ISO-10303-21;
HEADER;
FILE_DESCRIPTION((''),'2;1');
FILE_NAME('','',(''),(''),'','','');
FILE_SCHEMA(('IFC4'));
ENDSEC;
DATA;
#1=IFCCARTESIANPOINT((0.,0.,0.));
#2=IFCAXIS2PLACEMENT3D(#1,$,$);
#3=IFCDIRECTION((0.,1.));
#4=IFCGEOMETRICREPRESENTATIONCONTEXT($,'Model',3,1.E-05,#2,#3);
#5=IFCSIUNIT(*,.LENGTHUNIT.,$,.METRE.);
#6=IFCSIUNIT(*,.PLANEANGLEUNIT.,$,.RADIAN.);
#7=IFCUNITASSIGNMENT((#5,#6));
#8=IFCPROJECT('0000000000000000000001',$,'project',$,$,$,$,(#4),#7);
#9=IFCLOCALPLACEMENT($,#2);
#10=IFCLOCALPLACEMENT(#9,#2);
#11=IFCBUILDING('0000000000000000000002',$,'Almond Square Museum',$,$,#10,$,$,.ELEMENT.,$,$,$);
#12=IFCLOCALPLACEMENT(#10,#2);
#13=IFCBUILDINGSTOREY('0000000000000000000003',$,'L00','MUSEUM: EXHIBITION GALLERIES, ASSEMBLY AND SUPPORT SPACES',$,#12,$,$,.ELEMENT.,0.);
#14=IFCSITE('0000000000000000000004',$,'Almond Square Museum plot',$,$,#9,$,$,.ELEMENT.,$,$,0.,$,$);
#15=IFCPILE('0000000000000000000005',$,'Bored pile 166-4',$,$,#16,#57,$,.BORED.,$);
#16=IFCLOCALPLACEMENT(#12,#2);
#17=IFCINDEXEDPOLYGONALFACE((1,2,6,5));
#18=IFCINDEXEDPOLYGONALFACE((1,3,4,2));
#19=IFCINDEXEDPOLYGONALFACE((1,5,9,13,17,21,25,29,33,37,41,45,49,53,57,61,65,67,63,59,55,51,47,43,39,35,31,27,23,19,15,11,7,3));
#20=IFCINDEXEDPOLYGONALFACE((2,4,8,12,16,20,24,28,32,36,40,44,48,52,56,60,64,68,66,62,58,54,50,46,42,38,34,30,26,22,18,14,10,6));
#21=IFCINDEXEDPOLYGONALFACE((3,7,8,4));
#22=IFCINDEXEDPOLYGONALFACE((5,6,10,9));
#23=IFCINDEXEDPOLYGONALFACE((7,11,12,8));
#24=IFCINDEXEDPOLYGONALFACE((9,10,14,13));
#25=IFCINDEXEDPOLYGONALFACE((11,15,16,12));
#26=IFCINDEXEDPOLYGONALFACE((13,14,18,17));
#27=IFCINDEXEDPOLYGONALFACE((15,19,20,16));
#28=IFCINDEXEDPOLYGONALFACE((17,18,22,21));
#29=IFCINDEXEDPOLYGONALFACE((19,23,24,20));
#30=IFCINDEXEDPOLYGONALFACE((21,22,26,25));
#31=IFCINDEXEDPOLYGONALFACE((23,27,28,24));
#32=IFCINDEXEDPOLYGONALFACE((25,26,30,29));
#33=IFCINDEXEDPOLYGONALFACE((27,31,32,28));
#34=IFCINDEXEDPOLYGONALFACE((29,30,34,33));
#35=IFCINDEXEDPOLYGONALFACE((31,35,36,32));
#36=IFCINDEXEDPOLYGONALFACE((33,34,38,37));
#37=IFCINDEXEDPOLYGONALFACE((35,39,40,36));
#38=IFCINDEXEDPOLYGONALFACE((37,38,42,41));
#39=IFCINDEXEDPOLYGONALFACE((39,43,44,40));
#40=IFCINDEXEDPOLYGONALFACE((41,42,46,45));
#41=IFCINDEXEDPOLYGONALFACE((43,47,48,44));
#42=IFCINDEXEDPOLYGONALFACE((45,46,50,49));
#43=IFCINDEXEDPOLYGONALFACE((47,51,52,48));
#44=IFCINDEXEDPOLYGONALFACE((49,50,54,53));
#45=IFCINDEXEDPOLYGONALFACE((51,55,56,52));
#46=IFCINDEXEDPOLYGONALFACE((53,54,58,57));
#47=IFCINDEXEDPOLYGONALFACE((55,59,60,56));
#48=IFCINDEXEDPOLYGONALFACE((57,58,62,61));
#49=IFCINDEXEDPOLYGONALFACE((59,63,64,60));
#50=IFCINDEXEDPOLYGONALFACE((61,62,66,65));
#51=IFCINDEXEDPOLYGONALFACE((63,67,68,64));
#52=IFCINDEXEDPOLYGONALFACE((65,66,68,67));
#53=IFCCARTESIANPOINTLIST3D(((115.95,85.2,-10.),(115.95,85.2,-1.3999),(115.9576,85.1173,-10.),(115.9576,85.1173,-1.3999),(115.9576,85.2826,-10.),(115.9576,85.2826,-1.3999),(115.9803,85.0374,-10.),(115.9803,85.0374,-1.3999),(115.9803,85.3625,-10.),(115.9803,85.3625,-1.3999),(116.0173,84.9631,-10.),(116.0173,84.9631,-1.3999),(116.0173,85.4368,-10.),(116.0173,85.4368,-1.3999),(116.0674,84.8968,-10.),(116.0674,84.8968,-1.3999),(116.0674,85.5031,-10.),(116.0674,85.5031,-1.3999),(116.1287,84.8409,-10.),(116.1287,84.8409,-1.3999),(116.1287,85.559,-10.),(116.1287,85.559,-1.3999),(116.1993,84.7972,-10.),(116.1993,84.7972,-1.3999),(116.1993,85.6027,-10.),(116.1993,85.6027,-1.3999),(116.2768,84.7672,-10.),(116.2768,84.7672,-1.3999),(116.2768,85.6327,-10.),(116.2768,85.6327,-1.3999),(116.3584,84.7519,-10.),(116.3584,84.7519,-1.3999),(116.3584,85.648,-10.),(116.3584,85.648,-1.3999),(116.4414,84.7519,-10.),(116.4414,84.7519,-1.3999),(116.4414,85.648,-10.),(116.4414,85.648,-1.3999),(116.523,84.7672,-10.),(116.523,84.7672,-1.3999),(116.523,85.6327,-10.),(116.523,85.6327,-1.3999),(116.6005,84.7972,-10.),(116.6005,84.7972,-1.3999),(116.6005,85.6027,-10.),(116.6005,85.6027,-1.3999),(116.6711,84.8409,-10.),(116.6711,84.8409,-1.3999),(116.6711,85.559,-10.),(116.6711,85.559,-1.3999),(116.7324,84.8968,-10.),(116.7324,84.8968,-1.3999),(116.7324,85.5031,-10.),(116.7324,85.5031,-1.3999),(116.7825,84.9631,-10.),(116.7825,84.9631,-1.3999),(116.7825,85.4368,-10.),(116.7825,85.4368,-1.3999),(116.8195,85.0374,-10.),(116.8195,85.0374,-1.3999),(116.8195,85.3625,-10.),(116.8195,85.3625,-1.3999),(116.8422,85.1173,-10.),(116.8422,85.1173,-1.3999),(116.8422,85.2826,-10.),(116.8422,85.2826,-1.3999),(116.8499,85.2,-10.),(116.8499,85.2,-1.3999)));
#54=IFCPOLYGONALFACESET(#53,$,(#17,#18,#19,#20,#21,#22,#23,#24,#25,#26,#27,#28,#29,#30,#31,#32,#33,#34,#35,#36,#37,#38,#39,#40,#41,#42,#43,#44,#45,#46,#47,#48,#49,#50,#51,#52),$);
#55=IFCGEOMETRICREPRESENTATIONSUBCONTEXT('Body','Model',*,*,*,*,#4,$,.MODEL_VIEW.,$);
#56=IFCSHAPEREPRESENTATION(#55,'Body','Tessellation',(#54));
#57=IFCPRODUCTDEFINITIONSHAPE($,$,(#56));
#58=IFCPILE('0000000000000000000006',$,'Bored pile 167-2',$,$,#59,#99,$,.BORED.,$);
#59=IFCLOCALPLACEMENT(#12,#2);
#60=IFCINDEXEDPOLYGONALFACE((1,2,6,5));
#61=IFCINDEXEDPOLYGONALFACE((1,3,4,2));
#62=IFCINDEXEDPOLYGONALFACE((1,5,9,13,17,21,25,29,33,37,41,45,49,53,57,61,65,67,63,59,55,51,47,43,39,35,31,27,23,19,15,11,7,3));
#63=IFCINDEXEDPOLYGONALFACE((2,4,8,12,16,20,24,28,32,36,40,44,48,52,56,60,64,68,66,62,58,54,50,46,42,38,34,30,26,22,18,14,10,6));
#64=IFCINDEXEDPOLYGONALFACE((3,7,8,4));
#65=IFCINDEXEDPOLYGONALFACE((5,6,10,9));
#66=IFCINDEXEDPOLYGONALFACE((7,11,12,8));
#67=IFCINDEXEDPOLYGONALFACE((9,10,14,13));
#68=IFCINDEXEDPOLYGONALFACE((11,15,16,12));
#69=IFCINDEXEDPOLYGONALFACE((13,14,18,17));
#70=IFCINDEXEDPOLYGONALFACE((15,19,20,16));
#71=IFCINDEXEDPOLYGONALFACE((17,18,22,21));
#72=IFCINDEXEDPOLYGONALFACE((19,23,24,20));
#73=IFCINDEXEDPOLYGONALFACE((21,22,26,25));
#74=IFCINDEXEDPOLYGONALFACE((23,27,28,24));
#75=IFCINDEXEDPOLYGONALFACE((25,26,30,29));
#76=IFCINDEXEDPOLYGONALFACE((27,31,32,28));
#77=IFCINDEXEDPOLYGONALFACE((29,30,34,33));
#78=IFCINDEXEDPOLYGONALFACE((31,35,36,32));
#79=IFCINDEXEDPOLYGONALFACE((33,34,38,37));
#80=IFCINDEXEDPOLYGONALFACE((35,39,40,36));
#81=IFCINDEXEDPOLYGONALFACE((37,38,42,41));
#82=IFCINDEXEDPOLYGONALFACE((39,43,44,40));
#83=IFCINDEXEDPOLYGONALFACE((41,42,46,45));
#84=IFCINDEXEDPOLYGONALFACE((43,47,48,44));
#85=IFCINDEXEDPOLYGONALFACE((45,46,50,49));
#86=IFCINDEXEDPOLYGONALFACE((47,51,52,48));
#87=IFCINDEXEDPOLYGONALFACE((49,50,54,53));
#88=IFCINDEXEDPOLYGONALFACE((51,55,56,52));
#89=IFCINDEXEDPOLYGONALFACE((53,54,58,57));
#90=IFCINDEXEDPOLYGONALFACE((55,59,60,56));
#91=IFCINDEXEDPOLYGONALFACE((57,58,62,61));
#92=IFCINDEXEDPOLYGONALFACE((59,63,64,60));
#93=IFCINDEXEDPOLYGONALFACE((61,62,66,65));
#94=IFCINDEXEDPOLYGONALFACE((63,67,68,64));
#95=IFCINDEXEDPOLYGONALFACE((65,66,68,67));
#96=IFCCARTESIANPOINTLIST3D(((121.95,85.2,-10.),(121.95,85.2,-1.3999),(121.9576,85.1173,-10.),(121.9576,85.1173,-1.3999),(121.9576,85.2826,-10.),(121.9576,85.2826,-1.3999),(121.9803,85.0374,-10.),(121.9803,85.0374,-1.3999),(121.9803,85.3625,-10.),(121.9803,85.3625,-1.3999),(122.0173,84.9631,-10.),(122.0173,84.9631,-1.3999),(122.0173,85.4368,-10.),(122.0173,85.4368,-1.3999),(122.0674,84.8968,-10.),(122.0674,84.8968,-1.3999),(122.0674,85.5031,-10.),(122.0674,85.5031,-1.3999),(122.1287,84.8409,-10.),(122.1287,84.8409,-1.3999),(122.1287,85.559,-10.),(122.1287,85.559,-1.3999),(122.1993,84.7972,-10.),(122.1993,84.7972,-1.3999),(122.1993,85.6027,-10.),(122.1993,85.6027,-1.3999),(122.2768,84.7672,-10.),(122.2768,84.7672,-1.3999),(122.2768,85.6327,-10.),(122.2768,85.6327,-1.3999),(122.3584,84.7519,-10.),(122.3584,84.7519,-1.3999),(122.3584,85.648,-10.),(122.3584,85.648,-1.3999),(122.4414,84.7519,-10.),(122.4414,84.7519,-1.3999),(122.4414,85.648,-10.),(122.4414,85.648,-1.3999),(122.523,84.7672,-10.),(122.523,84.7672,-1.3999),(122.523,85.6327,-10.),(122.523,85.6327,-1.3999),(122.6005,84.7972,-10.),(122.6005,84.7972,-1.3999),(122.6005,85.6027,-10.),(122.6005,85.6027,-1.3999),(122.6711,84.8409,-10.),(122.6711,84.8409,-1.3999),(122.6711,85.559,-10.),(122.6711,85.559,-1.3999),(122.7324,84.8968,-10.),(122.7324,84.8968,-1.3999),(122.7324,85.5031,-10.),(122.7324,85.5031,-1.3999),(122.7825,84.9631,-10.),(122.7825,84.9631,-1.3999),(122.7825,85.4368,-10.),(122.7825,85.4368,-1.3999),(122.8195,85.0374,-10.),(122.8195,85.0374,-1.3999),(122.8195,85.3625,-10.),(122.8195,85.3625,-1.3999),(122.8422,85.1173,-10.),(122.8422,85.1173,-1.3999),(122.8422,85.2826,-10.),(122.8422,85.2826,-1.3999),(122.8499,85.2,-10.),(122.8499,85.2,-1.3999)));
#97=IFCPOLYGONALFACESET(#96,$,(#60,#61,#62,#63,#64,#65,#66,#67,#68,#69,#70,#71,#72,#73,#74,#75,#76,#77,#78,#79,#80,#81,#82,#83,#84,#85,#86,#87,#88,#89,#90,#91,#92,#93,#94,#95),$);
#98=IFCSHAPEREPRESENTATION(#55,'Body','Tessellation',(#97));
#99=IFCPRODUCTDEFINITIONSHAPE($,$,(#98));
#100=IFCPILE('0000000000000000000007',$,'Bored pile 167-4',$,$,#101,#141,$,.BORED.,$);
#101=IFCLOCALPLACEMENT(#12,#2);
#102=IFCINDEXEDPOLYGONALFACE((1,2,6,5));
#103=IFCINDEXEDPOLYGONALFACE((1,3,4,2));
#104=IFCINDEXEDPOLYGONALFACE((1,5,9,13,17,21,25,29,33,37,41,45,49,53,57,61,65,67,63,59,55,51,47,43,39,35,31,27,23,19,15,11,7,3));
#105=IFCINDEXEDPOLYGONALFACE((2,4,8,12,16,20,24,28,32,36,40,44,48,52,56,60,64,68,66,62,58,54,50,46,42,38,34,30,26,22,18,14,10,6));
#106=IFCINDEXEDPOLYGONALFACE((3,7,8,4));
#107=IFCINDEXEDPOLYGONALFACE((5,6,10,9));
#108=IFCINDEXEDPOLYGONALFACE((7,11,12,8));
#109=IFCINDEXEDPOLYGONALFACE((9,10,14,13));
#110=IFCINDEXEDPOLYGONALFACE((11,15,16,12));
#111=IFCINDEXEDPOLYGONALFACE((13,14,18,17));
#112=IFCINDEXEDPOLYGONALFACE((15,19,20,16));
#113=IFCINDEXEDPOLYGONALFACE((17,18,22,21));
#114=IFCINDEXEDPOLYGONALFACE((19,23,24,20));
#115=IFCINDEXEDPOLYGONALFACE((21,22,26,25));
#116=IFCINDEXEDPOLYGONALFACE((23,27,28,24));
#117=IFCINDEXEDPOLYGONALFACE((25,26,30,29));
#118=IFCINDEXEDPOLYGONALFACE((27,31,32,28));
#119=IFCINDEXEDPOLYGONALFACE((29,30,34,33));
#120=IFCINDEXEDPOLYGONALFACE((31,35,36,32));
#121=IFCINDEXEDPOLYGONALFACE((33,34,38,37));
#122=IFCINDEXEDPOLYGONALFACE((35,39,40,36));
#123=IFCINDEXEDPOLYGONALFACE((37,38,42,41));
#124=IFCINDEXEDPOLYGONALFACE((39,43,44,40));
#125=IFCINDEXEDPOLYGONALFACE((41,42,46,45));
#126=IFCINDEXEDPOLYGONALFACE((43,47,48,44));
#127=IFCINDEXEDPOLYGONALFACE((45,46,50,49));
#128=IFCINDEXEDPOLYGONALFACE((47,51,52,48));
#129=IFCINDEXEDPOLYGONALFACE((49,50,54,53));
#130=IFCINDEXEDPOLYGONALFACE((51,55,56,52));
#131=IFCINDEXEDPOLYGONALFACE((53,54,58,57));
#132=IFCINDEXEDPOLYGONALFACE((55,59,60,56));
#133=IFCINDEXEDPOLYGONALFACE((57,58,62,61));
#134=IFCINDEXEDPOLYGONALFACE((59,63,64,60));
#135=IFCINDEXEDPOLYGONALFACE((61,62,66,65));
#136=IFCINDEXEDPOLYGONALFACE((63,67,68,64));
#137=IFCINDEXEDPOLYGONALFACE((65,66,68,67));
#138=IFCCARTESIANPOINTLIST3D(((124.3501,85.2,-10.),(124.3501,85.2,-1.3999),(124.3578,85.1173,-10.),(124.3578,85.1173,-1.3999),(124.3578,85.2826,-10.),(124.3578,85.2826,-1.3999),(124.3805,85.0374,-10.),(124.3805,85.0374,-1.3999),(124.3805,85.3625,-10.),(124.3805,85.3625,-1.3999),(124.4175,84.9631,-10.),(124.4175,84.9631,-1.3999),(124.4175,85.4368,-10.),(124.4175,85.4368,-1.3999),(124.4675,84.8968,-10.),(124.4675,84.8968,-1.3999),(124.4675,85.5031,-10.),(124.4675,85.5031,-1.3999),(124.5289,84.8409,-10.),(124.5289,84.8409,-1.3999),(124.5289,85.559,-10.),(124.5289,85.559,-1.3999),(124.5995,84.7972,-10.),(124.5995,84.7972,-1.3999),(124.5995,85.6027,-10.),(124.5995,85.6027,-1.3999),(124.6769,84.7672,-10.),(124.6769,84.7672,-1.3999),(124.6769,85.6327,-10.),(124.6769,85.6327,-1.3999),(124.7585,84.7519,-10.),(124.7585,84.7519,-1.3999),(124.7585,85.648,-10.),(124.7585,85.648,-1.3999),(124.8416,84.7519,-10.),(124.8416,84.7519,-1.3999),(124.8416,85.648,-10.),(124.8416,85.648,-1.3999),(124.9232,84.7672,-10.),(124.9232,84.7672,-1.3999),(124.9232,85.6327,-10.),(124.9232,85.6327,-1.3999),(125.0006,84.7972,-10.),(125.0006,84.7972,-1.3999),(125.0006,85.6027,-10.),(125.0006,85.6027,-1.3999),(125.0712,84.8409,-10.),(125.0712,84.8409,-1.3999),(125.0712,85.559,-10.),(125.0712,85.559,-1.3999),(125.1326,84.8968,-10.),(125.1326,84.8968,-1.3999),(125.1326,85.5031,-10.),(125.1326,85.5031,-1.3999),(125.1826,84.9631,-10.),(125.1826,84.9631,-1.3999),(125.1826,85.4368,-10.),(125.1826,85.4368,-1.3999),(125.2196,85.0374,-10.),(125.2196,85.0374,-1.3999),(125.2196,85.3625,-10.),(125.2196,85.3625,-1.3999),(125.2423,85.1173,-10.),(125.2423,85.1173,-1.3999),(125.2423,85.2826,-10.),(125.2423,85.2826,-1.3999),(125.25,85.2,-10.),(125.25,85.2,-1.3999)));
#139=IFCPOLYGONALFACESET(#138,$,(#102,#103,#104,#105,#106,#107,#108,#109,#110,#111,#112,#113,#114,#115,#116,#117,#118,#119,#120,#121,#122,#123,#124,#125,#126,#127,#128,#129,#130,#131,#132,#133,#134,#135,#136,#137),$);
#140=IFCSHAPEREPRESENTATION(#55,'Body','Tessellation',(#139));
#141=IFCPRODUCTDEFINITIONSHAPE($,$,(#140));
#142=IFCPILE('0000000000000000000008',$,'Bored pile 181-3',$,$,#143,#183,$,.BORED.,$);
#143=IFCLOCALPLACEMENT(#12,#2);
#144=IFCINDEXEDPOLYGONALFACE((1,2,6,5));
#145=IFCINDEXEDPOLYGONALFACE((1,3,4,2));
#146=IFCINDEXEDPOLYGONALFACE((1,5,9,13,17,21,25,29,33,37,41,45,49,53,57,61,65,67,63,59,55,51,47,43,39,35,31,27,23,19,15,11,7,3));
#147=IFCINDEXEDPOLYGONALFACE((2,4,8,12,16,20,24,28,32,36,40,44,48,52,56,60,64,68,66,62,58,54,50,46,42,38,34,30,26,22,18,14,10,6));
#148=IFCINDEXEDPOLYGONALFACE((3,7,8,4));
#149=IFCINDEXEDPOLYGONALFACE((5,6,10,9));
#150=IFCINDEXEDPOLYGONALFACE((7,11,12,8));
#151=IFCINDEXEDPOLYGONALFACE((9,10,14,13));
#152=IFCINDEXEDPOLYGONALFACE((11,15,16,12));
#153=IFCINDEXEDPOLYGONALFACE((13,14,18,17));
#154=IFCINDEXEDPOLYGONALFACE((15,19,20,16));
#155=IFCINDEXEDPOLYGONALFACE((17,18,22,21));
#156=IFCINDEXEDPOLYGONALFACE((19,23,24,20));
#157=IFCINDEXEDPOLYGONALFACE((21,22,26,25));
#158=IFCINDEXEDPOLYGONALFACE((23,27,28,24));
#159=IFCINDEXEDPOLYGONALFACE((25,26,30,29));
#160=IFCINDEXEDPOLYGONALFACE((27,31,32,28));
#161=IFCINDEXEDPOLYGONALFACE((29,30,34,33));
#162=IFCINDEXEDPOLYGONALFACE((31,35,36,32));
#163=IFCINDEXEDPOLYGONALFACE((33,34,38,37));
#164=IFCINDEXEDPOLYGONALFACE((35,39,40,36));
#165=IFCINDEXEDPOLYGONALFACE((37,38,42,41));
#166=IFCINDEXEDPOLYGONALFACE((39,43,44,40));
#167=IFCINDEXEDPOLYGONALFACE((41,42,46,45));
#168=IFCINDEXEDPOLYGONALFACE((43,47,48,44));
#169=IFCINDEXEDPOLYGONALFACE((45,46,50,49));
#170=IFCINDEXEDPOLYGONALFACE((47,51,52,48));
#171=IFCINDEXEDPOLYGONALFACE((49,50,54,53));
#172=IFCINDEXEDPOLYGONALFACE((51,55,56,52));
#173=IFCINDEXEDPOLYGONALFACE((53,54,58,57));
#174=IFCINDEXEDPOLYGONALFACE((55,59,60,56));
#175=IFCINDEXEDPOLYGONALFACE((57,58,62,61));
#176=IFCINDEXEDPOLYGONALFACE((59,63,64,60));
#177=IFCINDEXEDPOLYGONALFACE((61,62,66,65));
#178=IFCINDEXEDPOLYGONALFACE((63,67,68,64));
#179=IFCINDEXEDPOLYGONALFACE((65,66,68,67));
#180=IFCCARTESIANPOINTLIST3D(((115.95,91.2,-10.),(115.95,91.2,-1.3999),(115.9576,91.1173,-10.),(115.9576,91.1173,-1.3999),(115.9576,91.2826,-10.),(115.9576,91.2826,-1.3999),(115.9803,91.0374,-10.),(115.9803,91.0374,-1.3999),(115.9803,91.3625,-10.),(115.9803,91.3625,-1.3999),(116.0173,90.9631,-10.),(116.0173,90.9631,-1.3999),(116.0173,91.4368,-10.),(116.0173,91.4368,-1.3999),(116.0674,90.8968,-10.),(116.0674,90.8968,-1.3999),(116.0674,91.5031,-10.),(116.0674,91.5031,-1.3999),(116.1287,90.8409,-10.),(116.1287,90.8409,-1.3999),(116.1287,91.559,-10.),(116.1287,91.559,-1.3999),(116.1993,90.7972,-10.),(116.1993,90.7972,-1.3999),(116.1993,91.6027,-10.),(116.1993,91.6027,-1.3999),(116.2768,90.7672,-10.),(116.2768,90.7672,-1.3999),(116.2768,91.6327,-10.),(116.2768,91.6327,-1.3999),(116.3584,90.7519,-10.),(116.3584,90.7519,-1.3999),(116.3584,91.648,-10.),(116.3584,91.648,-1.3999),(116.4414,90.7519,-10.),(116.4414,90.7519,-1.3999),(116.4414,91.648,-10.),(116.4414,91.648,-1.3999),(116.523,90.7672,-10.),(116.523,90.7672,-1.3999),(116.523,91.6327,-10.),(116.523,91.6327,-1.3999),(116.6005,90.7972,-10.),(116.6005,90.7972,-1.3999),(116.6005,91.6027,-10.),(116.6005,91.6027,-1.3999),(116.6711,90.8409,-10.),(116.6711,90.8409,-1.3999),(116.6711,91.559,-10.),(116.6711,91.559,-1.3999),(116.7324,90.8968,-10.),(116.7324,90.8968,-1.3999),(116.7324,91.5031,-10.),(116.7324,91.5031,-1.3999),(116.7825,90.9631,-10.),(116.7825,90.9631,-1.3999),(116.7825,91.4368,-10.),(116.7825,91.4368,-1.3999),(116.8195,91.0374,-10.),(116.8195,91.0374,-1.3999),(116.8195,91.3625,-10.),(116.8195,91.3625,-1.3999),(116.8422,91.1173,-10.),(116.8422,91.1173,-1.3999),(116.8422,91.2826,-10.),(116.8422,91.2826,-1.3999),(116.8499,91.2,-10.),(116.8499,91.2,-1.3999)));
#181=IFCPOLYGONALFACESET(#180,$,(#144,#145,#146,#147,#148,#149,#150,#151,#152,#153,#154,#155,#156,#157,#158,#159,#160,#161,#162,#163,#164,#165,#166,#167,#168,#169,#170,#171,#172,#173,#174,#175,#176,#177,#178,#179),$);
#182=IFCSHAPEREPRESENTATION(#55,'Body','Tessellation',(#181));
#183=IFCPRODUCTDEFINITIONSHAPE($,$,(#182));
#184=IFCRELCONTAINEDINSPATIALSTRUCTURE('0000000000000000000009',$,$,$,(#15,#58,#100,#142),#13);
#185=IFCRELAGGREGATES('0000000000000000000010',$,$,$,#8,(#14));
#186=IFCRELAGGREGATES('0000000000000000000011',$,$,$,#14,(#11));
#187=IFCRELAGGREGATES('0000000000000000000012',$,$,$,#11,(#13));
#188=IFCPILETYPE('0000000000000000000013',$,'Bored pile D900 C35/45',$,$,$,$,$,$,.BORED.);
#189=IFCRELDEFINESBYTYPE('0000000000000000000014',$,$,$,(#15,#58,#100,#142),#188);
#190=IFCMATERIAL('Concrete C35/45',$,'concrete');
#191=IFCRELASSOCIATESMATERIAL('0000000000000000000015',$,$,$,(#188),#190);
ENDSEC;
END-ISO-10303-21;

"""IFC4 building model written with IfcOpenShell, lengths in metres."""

from ifc_helpers import new_model, si_unit, direction, frame, origin, origin_2d, place, context, subcontext, project, spatial, circle, extrude, material, material_profile, profile_set, type_object, element, save


model = new_model("IFC4")

# Units and contexts
model_context = context("Model", 3, precision=1e-05, world=origin(), true_north=direction((0.0, 1.0)))
body_context = subcontext(model_context, "Body", "Model", "MODEL_VIEW")
ifc_project = project(units=[si_unit("LENGTHUNIT", "METRE"), si_unit("PLANEANGLEUNIT", "RADIAN")], contexts=[model_context])

# Site, building, storey
site_placement = place(None, origin())
site = spatial("IfcSite", under=ifc_project, at=site_placement, Name="Almond Square Museum plot", CompositionType="ELEMENT", RefElevation=0.0)
building_placement = place(site_placement, origin())
building = spatial("IfcBuilding", under=site, at=building_placement, Name="Almond Square Museum", CompositionType="ELEMENT")
storey_placement = place(building_placement, origin())
storey = spatial("IfcBuildingStorey", under=building, at=storey_placement, Name="L00", Description="MUSEUM: EXHIBITION GALLERIES, ASSEMBLY AND SUPPORT SPACES", CompositionType="ELEMENT", Elevation=0.0)

# Piles
ifc_material_1 = material(Name="Concrete C35/45", Category="concrete")
ifc_material_profile_1 = material_profile(ifc_material_1, circle(Radius=0.45, at=origin_2d()))
ifc_profile_set_1 = profile_set([ifc_material_profile_1], Name="Concrete C35/45")
pile_type = type_object("IfcPileType", Name="Bored pile D900 C35/45", PredefinedType="BORED", material=ifc_profile_set_1)
for number, where, z_axis, x_axis, name in (
    (1, (116.3999, 85.2, -1.3999), (0.0, 0.0, -1.0), (1.0, 0.0, 0.0), "Bored pile 166-4"),
    (2, (122.3999, 85.2, -1.3999), (0.0, 0.0, -1.0), (1.0, 0.0, 0.0), "Bored pile 167-2"),
    (3, (124.8, 85.2, -1.3999), (0.0, 0.0, -1.0), (1.0, 0.0, 0.0), "Bored pile 167-4"),
    (4, (116.3999, 91.2, -1.3999), (0.0, 0.0, -1.0), (1.0, 0.0, 0.0), "Bored pile 181-3"),
):
    element("IfcPile", number, at=place(storey_placement, frame(where, z_axis=z_axis, x_axis=x_axis)), inside=storey, type_object=pile_type, Name=name, PredefinedType="BORED", context=body_context, shape_type="SweptSolid", body=[
        extrude(circle(Radius=0.45, at=origin_2d()), origin(), (0.0, 0.0, 1.0), 8.6001),
    ])

save(model, "model.ifc")
